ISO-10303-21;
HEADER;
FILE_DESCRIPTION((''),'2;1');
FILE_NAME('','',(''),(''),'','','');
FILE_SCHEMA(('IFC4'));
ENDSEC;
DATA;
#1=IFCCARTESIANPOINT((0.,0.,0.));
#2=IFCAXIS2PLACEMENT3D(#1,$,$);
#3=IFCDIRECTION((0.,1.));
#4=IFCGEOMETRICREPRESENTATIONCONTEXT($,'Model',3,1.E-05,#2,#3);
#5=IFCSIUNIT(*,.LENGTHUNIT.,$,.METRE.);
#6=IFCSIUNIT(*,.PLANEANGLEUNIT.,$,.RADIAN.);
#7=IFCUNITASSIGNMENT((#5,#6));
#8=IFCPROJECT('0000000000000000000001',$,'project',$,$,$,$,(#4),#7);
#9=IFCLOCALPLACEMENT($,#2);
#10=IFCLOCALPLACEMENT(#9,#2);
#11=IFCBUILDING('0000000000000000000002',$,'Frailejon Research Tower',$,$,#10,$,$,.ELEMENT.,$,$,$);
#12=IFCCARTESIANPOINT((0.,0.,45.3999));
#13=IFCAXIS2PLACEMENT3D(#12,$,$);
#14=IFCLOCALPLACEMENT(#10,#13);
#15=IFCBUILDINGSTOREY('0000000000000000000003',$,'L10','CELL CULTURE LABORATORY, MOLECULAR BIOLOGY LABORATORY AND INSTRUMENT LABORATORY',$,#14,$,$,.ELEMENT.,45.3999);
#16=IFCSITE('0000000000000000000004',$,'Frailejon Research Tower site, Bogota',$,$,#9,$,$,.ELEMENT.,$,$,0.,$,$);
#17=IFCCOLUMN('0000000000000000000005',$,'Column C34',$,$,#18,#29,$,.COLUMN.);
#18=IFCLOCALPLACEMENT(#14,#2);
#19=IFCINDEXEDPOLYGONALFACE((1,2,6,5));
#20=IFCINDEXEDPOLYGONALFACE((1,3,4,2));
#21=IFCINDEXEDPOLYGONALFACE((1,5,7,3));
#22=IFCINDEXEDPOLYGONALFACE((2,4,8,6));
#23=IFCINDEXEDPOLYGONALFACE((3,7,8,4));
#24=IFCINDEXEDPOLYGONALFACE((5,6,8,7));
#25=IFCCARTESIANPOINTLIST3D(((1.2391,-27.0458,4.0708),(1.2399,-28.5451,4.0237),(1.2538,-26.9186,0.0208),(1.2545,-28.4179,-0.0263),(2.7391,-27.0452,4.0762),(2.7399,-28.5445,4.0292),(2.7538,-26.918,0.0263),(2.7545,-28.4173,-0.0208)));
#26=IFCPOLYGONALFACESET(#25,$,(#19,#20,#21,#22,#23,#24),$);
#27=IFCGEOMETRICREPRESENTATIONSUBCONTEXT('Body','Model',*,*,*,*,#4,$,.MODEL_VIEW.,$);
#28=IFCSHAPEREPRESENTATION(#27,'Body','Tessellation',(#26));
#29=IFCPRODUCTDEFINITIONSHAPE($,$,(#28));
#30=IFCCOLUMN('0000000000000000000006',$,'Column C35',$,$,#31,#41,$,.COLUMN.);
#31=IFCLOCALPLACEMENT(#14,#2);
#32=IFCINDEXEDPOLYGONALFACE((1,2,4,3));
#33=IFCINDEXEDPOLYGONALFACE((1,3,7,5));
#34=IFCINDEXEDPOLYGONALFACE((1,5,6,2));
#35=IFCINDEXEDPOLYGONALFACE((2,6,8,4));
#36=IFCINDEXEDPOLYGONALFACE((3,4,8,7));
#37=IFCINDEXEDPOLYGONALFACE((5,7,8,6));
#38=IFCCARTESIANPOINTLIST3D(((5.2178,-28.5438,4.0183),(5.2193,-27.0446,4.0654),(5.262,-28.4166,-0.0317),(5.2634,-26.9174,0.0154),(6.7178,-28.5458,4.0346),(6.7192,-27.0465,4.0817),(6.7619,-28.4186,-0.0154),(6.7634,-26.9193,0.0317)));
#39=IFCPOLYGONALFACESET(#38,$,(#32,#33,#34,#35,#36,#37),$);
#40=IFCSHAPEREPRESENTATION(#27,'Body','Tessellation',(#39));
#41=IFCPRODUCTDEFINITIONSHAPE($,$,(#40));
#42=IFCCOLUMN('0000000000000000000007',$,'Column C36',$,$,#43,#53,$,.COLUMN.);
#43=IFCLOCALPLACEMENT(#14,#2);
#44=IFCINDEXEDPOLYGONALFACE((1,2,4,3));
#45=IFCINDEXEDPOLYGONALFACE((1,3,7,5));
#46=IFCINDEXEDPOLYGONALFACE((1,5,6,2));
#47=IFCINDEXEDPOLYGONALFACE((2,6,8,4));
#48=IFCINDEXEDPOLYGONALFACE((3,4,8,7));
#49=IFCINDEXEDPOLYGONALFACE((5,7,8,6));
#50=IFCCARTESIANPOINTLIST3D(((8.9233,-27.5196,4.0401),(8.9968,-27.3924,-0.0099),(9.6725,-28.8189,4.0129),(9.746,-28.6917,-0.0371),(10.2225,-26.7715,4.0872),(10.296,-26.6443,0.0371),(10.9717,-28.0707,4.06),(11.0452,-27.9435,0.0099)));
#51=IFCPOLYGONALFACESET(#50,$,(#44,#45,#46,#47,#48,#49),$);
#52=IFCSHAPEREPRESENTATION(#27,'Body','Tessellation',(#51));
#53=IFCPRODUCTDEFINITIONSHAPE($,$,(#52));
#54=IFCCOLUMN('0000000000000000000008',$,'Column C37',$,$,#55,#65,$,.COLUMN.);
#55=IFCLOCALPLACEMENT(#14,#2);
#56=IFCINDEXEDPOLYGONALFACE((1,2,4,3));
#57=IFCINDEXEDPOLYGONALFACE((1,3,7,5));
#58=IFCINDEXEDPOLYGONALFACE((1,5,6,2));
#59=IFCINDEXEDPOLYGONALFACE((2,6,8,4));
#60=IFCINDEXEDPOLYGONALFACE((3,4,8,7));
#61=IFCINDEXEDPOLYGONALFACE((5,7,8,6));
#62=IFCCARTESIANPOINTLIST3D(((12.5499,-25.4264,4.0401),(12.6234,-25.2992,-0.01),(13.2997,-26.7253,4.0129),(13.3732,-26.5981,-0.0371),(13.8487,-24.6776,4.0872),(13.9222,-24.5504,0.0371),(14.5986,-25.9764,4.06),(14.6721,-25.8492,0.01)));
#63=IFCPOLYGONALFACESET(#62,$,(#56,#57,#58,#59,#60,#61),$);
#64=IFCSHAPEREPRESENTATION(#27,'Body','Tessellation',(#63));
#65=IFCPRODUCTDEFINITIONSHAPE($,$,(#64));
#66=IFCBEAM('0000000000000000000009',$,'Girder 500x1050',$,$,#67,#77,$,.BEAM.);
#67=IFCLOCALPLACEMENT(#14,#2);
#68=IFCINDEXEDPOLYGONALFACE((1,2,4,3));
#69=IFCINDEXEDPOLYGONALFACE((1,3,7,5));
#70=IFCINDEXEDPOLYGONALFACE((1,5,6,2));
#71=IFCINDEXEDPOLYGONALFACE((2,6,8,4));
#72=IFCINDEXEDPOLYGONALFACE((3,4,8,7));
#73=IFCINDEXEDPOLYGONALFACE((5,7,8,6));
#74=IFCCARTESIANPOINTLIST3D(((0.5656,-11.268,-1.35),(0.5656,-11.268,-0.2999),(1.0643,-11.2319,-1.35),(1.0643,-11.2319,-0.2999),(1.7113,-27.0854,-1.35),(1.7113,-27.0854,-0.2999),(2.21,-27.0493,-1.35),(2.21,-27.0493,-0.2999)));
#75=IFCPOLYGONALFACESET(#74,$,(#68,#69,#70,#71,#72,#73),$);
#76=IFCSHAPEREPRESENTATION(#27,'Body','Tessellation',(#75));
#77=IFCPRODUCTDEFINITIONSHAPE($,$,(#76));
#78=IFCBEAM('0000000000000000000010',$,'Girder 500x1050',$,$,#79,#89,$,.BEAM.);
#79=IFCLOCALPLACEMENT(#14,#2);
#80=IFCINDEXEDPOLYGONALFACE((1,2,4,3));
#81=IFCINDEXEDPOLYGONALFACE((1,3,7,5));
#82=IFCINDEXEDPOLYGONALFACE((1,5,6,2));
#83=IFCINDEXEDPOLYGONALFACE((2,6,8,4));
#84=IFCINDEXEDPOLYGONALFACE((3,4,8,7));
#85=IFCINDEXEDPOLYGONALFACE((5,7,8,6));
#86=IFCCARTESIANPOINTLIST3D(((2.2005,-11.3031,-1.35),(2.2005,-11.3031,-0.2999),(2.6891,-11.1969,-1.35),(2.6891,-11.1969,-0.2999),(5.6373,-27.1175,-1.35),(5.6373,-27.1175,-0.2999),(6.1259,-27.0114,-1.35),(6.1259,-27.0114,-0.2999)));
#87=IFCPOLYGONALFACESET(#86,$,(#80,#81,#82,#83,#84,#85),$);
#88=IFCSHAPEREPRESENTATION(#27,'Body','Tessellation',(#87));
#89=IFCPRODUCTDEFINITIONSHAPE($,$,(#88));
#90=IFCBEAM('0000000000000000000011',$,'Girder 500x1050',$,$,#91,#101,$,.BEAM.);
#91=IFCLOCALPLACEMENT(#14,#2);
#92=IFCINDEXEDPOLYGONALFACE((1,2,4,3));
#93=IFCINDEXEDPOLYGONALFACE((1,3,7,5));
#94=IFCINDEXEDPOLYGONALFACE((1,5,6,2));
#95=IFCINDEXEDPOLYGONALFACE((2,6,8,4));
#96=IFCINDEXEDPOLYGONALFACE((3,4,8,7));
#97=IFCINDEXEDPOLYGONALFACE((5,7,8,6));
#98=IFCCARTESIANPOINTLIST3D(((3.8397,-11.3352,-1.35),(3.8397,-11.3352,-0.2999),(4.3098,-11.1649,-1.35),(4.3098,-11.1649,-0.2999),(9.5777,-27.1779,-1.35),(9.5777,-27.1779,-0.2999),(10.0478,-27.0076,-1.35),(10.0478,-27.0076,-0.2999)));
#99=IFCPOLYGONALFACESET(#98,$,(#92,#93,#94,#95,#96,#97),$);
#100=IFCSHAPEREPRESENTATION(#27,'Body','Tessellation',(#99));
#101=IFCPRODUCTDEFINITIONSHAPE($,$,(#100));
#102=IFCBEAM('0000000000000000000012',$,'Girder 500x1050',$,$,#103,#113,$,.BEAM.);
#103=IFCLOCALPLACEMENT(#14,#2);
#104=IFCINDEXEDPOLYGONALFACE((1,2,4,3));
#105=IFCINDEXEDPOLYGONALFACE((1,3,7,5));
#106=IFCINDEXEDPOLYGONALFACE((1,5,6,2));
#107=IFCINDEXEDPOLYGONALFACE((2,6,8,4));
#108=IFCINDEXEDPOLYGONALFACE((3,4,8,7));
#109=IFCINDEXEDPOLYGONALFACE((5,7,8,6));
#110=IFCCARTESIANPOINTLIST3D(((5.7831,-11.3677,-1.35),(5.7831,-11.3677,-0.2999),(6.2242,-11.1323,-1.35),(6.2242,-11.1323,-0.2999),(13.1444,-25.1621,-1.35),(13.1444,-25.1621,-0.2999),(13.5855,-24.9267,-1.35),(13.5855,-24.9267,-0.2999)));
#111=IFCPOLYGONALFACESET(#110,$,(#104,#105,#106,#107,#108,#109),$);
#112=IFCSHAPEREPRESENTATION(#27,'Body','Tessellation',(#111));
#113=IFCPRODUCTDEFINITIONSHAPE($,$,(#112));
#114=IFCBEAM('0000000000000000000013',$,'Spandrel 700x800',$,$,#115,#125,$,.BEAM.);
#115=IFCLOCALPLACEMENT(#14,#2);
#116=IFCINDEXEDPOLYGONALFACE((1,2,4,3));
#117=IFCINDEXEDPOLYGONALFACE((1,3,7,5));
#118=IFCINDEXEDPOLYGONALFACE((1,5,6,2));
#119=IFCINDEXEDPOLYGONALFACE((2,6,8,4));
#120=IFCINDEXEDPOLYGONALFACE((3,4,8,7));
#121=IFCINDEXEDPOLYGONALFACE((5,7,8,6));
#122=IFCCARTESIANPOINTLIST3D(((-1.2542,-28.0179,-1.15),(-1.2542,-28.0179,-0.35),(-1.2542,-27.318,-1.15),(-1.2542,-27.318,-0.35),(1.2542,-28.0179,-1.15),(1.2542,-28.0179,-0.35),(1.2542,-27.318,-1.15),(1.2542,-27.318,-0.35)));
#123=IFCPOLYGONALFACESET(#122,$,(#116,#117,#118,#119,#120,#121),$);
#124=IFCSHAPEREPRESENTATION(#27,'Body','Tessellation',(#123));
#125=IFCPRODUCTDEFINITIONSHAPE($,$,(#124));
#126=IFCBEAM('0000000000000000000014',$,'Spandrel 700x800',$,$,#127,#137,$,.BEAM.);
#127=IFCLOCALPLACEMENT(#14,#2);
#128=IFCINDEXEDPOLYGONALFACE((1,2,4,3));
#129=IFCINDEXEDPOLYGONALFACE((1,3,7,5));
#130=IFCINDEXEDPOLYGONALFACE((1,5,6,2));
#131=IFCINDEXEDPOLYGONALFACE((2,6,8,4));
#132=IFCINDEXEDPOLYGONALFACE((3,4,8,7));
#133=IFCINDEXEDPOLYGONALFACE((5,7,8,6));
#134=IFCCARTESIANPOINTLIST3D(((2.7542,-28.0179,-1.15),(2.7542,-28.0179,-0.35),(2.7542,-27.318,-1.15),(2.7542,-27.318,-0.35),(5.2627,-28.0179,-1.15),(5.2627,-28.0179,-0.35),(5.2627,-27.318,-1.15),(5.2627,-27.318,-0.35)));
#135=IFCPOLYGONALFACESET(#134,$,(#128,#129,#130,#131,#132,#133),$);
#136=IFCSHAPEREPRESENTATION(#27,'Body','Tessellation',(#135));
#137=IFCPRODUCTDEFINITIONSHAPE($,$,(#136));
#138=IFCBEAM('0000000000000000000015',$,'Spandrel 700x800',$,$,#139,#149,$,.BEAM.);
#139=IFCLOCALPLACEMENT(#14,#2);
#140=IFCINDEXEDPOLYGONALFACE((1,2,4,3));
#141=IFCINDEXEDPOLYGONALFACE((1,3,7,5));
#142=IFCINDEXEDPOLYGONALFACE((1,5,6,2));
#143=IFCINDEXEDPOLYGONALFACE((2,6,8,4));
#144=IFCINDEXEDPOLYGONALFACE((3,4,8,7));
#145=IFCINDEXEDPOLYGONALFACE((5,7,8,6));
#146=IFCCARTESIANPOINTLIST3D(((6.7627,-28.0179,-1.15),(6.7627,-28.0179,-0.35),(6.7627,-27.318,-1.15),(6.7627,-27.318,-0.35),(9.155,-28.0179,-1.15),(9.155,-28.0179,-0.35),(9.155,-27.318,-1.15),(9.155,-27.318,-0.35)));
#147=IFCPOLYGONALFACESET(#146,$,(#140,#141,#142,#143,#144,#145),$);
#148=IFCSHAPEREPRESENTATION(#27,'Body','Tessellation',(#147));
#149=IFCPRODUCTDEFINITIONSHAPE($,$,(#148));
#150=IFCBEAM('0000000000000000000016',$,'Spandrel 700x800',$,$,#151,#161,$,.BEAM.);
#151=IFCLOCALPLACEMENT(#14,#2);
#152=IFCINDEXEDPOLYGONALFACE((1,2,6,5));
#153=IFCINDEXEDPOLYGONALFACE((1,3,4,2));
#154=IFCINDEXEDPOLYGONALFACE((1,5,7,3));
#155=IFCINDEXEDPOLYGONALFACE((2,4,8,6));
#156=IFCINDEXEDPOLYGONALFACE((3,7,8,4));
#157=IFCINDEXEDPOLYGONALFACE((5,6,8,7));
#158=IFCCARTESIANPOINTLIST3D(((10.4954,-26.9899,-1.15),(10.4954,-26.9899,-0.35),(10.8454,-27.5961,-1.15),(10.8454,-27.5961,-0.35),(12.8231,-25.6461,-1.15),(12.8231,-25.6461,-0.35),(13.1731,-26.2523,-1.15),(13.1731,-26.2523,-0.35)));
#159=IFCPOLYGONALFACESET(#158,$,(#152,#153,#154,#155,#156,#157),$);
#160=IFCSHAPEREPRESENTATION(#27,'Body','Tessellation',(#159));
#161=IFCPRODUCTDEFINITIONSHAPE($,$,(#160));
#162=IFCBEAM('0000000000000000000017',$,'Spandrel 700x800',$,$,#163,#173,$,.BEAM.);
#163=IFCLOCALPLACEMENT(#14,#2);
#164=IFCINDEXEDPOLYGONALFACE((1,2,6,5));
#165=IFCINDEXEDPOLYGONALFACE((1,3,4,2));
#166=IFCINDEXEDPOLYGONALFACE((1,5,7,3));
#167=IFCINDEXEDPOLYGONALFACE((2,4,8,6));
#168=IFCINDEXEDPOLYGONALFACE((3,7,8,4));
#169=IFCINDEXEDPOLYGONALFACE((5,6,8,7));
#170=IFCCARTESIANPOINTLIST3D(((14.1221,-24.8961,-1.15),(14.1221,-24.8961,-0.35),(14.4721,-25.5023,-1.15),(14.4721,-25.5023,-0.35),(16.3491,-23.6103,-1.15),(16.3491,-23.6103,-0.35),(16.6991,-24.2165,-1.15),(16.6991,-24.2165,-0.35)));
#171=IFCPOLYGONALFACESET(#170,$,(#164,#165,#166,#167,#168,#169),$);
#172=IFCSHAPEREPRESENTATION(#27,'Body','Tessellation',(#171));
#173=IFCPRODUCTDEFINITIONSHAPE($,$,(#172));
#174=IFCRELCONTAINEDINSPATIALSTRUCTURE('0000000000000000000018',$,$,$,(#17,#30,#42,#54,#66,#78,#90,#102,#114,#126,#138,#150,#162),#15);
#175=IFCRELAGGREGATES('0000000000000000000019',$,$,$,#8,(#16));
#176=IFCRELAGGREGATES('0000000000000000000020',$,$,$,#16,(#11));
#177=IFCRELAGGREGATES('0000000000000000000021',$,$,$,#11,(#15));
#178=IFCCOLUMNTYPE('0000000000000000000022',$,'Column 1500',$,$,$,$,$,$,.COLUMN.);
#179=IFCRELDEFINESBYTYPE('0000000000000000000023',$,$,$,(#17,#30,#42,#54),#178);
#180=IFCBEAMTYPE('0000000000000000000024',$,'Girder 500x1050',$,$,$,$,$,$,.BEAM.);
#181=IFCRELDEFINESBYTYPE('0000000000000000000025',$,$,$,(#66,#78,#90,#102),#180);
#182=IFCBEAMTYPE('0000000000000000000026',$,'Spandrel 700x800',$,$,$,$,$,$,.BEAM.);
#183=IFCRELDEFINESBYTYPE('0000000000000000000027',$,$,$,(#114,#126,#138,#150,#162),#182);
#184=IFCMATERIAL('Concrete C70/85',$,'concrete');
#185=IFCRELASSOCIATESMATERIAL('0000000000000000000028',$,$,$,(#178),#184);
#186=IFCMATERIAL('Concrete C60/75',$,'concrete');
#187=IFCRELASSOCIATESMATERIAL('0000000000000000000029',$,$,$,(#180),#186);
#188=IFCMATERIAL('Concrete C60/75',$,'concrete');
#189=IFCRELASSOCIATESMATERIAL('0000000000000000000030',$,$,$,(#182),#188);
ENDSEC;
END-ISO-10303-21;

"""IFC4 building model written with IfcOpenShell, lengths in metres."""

from ifc_helpers import new_model, si_unit, direction, frame, origin, origin_2d, place, context, subcontext, project, spatial, rectangle, extrude, material, material_profile, profile_set, type_object, element, save


model = new_model("IFC4")

# Units and contexts
model_context = context("Model", 3, precision=1e-05, world=origin(), true_north=direction((0.0, 1.0)))
body_context = subcontext(model_context, "Body", "Model", "MODEL_VIEW")
ifc_project = project(units=[si_unit("LENGTHUNIT", "METRE"), si_unit("PLANEANGLEUNIT", "RADIAN")], contexts=[model_context])

# Site, building, storey
site_placement = place(None, origin())
site = spatial("IfcSite", under=ifc_project, at=site_placement, Name="Frailejon Research Tower site, Bogota", CompositionType="ELEMENT", RefElevation=0.0)
building_placement = place(site_placement, origin())
building = spatial("IfcBuilding", under=site, at=building_placement, Name="Frailejon Research Tower", CompositionType="ELEMENT")
storey_placement = place(building_placement, frame((0.0, 0.0, 45.3999)))
storey = spatial("IfcBuildingStorey", under=building, at=storey_placement, Name="L10", Description="CELL CULTURE LABORATORY, MOLECULAR BIOLOGY LABORATORY AND INSTRUMENT LABORATORY", CompositionType="ELEMENT", Elevation=45.3999)

# Columns
ifc_material_1 = material(Name="Concrete C70/85", Category="concrete")
ifc_material_profile_1 = material_profile(ifc_material_1, rectangle(XDim=1.5, YDim=1.5, at=origin_2d()), Name="Column 1500")
ifc_profile_set_1 = profile_set([ifc_material_profile_1], Name="Concrete C70/85")
column_type = type_object("IfcColumnType", Name="Column 1500", PredefinedType="COLUMN", material=ifc_profile_set_1)
column_1_placement = place(storey_placement, frame((2.0042, -27.668, 0.0), z_axis=(-0.003615, -0.031391, 0.999501), x_axis=(0.999993, 0.000407, 0.00363)))
element("IfcColumn", 1, at=column_1_placement, inside=storey, type_object=column_type, Name="Column C34", PredefinedType="COLUMN", context=body_context, shape_type="SweptSolid", body=[
    extrude(rectangle(XDim=1.5, YDim=1.5, at=origin_2d()), origin(), (0.0, 0.0, 1.0), 4.052),
])
column_2_placement = place(storey_placement, frame((6.0127, -27.668, 0.0), z_axis=(-0.010905, -0.031389, 0.999448), x_axis=(0.99994, -0.001287, 0.01087)))
element("IfcColumn", 2, at=column_2_placement, inside=storey, type_object=column_type, Name="Column C35", PredefinedType="COLUMN", context=body_context, shape_type="SweptSolid", body=[
    extrude(rectangle(XDim=1.5, YDim=1.5, at=origin_2d()), origin(), (0.0, 0.0, 1.0), 4.0522),
])
for number, where, z_axis, x_axis, name in (
    (3, (10.021, -27.668, 0.0), (-0.018133, -0.031386, 0.999343), (0.866156, 0.498787, 0.031381), "Column C36"),
    (4, (13.6477, -25.5742, 0.0), (-0.018133, -0.031386, 0.999343), (0.865885, 0.499257, 0.031391), "Column C37"),
):
    element("IfcColumn", number, at=place(storey_placement, frame(where, z_axis=z_axis, x_axis=x_axis)), inside=storey, type_object=column_type, Name=name, PredefinedType="COLUMN", context=body_context, shape_type="SweptSolid", body=[
        extrude(rectangle(XDim=1.5, YDim=1.5, at=origin_2d()), origin(), (0.0, 0.0, 1.0), 4.0527),
    ])

# Beams
ifc_material_2 = material(Name="Concrete C60/75", Category="concrete")
ifc_material_profile_2 = material_profile(ifc_material_2, rectangle(XDim=0.5, YDim=1.05, at=origin_2d()), Name="Girder 500x1050")
ifc_profile_set_2 = profile_set([ifc_material_profile_2], Name="Concrete C60/75")
beam_type_1 = type_object("IfcBeamType", Name="Girder 500x1050", PredefinedType="BEAM", material=ifc_profile_set_2)
beam_1_placement = place(storey_placement, frame((1.9607, -27.0674, -0.825), z_axis=(-0.072247, 0.997387, 0.0), x_axis=(-0.997387, -0.072247, 0.0)))
element("IfcBeam", 5, at=beam_1_placement, inside=storey, type_object=beam_type_1, Name="Girder 500x1050", PredefinedType="BEAM", context=body_context, shape_type="SweptSolid", body=[
    extrude(rectangle(XDim=0.5, YDim=1.05, at=origin_2d()), origin(), (0.0, 0.0, 1.0), 15.8589),
])
beam_2_placement = place(storey_placement, frame((5.8816, -27.0645, -0.825), z_axis=(-0.212361, 0.977191, 0.0), x_axis=(-0.977191, -0.212361, 0.0)))
element("IfcBeam", 6, at=beam_2_placement, inside=storey, type_object=beam_type_1, Name="Girder 500x1050", PredefinedType="BEAM", context=body_context, shape_type="SweptSolid", body=[
    extrude(rectangle(XDim=0.5, YDim=1.05, at=origin_2d()), origin(), (0.0, 0.0, 1.0), 16.1836),
])
beam_3_placement = place(storey_placement, frame((9.8127, -27.0928, -0.825), z_axis=(-0.340539, 0.94023, 0.0), x_axis=(-0.94023, -0.340539, 0.0)))
element("IfcBeam", 7, at=beam_3_placement, inside=storey, type_object=beam_type_1, Name="Girder 500x1050", PredefinedType="BEAM", context=body_context, shape_type="SweptSolid", body=[
    extrude(rectangle(XDim=0.5, YDim=1.05, at=origin_2d()), origin(), (0.0, 0.0, 1.0), 16.8499),
])
beam_4_placement = place(storey_placement, frame((13.365, -25.0444, -0.825), z_axis=(-0.470802, 0.882239, 0.0), x_axis=(-0.882239, -0.470802, 0.0)))
element("IfcBeam", 8, at=beam_4_placement, inside=storey, type_object=beam_type_1, Name="Girder 500x1050", PredefinedType="BEAM", context=body_context, shape_type="SweptSolid", body=[
    extrude(rectangle(XDim=0.5, YDim=1.05, at=origin_2d()), origin(), (0.0, 0.0, 1.0), 15.6357),
])
ifc_material_3 = material(Name="Concrete C60/75", Category="concrete")
ifc_material_profile_3 = material_profile(ifc_material_3, rectangle(XDim=0.7, YDim=0.8, at=origin_2d()), Name="Spandrel 700x800")
ifc_profile_set_3 = profile_set([ifc_material_profile_3], Name="Concrete C60/75")
beam_type_2 = type_object("IfcBeamType", Name="Spandrel 700x800", PredefinedType="BEAM", material=ifc_profile_set_3)
beam_5_placement = place(storey_placement, frame((-1.2542, -27.668, -0.75), z_axis=(1.0, 0.0, 0.0), x_axis=(0.0, 1.0, 0.0)))
element("IfcBeam", 9, at=beam_5_placement, inside=storey, type_object=beam_type_2, Name="Spandrel 700x800", PredefinedType="BEAM", context=body_context, shape_type="SweptSolid", body=[
    extrude(rectangle(XDim=0.7, YDim=0.8, at=origin_2d()), origin(), (0.0, 0.0, 1.0), 2.5083),
])
beam_6_placement = place(storey_placement, frame((2.7542, -27.668, -0.75), z_axis=(1.0, 0.0, 0.0), x_axis=(0.0, 1.0, 0.0)))
element("IfcBeam", 10, at=beam_6_placement, inside=storey, type_object=beam_type_2, Name="Spandrel 700x800", PredefinedType="BEAM", context=body_context, shape_type="SweptSolid", body=[
    extrude(rectangle(XDim=0.7, YDim=0.8, at=origin_2d()), origin(), (0.0, 0.0, 1.0), 2.5085),
])
beam_7_placement = place(storey_placement, frame((6.7627, -27.668, -0.75), z_axis=(1.0, 0.0, 0.0), x_axis=(0.0, 1.0, 0.0)))
element("IfcBeam", 11, at=beam_7_placement, inside=storey, type_object=beam_type_2, Name="Spandrel 700x800", PredefinedType="BEAM", context=body_context, shape_type="SweptSolid", body=[
    extrude(rectangle(XDim=0.7, YDim=0.8, at=origin_2d()), origin(), (0.0, 0.0, 1.0), 2.3923),
])
beam_8_placement = place(storey_placement, frame((10.6704, -27.293, -0.75), z_axis=(0.866043, 0.499969, 0.0), x_axis=(-0.499969, 0.866043, 0.0)))
element("IfcBeam", 12, at=beam_8_placement, inside=storey, type_object=beam_type_2, Name="Spandrel 700x800", PredefinedType="BEAM", context=body_context, shape_type="SweptSolid", body=[
    extrude(rectangle(XDim=0.7, YDim=0.8, at=origin_2d()), origin(), (0.0, 0.0, 1.0), 2.6877),
])
beam_9_placement = place(storey_placement, frame((14.2971, -25.1992, -0.75), z_axis=(0.866009, 0.500029, 0.0), x_axis=(-0.500029, 0.866009, 0.0)))
element("IfcBeam", 13, at=beam_9_placement, inside=storey, type_object=beam_type_2, Name="Spandrel 700x800", PredefinedType="BEAM", context=body_context, shape_type="SweptSolid", body=[
    extrude(rectangle(XDim=0.7, YDim=0.8, at=origin_2d()), origin(), (0.0, 0.0, 1.0), 2.5715),
])

save(model, "model.ifc")
